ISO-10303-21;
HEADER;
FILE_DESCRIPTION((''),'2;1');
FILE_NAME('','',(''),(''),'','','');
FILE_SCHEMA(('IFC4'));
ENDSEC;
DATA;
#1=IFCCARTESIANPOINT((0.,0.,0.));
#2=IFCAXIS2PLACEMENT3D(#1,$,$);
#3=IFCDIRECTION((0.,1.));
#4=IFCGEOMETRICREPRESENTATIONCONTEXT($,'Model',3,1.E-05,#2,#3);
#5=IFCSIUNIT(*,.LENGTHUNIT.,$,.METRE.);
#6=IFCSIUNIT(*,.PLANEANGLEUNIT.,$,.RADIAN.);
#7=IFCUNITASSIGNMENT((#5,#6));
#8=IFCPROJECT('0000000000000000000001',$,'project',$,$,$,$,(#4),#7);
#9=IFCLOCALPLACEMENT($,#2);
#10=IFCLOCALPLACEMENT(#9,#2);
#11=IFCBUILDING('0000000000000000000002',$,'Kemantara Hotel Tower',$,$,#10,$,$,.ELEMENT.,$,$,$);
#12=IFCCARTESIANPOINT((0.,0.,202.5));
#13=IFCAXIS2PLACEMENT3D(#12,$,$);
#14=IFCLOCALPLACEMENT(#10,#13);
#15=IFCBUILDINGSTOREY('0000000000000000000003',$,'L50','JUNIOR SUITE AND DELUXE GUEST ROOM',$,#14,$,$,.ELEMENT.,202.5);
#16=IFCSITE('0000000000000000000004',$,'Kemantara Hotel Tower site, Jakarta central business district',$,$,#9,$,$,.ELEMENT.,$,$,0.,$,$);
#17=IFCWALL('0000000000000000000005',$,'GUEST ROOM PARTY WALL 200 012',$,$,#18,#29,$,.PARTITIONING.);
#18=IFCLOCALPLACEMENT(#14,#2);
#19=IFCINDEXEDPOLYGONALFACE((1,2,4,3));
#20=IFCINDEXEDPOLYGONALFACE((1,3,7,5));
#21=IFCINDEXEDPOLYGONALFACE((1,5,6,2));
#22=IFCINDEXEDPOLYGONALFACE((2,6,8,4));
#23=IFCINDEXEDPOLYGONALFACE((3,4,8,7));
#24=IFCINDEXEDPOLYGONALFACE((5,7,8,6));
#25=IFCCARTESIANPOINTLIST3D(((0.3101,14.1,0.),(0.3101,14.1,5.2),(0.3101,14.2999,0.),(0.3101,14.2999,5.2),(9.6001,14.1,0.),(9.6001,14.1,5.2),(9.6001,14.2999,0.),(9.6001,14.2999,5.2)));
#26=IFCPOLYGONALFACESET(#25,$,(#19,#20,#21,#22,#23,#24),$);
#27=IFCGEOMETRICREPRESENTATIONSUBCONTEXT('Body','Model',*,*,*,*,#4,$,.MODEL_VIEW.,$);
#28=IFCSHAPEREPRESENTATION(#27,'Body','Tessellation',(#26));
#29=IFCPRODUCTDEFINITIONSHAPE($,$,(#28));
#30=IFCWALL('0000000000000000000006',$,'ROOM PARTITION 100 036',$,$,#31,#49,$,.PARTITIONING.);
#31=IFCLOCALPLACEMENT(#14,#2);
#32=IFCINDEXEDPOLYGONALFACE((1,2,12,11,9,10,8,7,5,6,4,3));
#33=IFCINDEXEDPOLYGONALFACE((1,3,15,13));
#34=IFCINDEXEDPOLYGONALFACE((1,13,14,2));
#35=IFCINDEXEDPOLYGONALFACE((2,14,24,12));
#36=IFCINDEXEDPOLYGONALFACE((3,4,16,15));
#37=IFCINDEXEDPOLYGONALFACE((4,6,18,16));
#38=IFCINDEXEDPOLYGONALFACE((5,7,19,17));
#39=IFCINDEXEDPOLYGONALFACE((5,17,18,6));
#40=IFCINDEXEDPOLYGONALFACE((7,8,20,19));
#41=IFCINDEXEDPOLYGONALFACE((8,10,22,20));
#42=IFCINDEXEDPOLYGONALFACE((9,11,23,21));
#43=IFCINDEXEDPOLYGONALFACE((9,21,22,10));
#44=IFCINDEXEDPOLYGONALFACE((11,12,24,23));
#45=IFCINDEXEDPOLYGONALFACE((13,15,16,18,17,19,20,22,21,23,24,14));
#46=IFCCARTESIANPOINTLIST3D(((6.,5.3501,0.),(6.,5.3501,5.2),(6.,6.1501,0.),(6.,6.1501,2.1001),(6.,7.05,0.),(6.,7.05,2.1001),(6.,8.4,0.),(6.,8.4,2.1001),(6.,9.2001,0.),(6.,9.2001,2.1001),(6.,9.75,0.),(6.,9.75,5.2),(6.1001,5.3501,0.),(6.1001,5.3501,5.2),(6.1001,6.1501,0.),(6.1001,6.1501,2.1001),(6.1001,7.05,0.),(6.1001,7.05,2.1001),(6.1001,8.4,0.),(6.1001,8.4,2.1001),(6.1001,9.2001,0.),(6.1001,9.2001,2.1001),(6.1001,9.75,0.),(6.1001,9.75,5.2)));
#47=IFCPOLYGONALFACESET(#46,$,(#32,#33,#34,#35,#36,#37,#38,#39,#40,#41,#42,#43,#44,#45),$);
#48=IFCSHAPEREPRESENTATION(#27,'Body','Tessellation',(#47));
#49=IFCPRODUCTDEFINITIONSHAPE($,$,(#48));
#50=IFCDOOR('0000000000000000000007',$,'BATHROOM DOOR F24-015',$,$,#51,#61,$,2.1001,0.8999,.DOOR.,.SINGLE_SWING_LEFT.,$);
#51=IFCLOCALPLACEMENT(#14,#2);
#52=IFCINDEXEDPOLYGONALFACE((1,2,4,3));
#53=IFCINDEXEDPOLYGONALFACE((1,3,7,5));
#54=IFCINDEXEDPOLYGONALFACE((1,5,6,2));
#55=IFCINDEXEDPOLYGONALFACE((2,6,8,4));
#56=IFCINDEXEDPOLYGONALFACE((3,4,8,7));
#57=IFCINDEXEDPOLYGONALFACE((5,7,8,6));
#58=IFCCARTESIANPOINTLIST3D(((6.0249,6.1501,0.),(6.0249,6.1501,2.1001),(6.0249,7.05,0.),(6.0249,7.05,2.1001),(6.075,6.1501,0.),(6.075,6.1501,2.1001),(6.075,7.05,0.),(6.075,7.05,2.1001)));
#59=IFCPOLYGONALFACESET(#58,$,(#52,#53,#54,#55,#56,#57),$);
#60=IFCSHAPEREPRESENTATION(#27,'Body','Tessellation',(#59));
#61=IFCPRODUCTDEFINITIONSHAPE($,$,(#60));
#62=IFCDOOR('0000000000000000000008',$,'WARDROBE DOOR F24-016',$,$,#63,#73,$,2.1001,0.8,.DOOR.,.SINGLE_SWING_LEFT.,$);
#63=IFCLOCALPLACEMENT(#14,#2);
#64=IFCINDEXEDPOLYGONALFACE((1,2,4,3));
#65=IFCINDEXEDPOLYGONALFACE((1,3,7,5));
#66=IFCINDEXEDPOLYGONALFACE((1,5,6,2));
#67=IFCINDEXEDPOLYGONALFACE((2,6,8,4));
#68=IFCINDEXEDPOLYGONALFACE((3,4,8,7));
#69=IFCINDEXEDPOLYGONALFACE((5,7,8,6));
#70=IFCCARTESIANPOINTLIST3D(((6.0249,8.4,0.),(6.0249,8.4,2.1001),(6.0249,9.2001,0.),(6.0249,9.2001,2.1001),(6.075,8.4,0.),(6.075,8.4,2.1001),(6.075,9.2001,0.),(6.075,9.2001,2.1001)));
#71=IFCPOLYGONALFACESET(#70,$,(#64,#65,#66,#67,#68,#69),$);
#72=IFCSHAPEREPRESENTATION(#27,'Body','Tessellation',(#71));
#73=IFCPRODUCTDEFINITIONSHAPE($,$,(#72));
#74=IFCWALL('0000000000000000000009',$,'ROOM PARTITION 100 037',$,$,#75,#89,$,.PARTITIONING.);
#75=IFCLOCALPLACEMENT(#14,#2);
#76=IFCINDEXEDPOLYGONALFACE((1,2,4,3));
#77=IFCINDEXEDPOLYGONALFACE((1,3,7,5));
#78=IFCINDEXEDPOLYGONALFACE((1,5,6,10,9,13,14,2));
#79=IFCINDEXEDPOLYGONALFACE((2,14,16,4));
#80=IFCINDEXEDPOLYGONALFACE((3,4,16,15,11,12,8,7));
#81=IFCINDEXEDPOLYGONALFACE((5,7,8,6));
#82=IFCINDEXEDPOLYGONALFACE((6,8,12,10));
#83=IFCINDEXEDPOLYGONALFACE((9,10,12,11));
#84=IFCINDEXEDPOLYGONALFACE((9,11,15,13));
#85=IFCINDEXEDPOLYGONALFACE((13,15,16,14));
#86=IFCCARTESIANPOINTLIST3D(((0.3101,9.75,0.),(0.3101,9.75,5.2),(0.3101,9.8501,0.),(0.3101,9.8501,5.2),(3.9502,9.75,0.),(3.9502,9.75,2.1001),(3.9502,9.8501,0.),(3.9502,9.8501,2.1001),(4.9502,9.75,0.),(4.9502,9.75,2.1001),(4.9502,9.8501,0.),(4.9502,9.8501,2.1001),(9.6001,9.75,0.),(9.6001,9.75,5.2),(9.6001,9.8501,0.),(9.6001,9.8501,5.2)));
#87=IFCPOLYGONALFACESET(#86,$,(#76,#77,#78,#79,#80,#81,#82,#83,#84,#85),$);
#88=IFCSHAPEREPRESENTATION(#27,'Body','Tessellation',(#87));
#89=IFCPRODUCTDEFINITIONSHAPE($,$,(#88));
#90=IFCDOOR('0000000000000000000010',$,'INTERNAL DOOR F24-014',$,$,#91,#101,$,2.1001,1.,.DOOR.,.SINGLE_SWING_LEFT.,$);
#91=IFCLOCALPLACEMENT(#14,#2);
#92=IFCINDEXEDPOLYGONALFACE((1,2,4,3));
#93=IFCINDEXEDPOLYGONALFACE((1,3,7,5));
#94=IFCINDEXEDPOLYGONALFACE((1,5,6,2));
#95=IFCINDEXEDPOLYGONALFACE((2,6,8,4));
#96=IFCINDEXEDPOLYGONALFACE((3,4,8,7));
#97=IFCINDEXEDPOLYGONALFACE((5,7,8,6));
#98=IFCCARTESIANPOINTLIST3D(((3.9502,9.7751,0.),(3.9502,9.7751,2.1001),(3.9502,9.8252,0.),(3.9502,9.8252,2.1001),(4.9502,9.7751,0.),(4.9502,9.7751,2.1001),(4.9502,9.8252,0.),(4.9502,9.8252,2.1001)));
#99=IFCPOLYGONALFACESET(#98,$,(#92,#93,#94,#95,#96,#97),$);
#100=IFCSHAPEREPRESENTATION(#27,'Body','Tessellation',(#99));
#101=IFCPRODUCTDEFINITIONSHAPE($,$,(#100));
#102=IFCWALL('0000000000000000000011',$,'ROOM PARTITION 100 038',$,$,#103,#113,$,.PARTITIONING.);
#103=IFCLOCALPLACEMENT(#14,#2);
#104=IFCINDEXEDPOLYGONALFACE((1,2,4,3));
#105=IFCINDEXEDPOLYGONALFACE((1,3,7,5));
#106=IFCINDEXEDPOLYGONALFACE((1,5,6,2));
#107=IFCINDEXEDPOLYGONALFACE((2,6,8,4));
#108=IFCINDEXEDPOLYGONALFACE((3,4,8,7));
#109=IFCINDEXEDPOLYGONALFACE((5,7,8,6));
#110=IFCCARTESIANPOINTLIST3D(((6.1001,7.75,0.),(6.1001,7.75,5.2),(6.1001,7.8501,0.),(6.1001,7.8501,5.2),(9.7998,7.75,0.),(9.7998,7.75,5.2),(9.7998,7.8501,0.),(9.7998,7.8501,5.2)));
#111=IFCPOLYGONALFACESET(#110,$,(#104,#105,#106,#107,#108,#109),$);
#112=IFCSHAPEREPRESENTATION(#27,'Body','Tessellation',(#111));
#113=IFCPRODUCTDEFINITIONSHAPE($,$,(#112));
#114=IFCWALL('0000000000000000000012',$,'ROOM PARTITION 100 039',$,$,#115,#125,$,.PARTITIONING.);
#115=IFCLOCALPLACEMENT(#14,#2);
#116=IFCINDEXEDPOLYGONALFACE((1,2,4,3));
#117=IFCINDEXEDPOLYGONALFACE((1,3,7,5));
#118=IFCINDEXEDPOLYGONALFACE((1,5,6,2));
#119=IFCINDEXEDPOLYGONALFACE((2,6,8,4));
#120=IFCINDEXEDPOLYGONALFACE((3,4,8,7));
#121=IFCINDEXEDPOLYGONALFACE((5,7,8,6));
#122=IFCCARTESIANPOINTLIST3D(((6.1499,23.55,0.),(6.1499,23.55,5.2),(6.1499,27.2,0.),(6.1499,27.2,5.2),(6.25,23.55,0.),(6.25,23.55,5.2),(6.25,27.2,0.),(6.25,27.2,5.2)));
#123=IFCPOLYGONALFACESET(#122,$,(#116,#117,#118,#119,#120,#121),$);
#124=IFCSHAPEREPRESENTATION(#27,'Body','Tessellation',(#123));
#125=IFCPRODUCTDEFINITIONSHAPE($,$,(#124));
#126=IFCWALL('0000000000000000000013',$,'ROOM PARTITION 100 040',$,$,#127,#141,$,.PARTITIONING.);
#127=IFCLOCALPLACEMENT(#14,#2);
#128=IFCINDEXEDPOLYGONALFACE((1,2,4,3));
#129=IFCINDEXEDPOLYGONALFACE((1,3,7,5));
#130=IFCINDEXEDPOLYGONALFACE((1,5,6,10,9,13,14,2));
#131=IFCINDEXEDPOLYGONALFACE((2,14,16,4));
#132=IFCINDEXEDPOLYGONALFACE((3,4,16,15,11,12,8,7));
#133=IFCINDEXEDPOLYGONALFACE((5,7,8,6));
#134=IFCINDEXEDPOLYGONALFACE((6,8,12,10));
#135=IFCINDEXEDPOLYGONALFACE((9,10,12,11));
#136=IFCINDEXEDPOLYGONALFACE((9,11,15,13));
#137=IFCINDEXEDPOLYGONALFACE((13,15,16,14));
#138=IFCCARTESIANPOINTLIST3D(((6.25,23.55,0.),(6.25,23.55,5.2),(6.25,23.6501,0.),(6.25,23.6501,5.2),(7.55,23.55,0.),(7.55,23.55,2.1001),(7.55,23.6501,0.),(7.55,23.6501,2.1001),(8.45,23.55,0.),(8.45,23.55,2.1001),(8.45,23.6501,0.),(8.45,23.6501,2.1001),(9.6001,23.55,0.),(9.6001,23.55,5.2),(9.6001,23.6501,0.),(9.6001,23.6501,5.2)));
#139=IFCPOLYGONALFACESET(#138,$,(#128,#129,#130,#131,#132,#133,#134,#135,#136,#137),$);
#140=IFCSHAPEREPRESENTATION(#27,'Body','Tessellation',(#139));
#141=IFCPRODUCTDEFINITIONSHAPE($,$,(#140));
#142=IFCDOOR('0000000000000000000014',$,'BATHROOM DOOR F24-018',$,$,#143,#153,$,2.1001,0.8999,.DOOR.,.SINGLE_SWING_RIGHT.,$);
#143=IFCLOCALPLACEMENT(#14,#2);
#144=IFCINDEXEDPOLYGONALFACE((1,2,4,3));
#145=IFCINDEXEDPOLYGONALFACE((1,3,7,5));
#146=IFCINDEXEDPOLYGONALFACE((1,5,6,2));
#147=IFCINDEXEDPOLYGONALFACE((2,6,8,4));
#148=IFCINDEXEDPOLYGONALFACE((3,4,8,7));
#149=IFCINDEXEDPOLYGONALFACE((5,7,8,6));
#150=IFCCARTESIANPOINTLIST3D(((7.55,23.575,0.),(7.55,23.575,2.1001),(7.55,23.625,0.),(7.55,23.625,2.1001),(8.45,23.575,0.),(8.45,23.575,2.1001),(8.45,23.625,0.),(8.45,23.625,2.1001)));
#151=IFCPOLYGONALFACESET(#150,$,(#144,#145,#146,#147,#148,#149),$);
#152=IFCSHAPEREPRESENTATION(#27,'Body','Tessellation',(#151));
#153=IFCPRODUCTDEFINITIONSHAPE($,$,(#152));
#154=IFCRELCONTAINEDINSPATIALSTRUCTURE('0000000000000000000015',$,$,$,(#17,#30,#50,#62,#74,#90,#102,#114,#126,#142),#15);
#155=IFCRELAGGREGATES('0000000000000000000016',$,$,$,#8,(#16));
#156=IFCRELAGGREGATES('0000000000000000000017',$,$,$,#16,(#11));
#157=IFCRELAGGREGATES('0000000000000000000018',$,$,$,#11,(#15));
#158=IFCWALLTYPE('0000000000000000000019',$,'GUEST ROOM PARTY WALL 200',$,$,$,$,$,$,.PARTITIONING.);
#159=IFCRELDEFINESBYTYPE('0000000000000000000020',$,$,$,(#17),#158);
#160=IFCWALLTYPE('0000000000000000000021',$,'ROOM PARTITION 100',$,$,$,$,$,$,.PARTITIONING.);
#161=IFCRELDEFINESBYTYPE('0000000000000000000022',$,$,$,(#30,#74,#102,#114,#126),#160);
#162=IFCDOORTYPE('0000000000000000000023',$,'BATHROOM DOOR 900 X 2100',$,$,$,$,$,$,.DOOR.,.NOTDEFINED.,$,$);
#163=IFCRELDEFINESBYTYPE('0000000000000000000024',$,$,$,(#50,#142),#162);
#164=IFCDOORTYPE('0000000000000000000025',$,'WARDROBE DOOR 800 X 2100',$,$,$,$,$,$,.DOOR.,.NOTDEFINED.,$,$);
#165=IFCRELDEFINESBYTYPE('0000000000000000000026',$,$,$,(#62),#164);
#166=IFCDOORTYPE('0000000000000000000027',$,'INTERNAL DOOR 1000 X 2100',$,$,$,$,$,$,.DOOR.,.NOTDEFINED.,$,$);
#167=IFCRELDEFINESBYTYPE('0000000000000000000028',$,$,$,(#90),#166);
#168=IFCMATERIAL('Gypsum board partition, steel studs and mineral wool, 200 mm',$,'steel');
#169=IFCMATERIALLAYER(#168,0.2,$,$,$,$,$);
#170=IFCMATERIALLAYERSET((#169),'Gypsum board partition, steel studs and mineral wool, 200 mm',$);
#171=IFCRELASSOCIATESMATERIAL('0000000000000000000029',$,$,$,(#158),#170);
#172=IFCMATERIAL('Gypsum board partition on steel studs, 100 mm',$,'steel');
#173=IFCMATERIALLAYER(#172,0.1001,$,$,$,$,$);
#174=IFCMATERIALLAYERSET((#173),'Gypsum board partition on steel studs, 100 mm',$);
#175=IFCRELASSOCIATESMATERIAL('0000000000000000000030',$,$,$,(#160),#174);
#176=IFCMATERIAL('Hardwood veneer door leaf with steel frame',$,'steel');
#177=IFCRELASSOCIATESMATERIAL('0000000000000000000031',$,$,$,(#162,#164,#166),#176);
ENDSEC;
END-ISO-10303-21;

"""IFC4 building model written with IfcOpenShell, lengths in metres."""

from ifc_helpers import new_model, si_unit, direction, frame, frame_2d, origin, place, context, subcontext, project, spatial, rectangle, extrude, material, layer, layer_set, type_object, element, fill, save


model = new_model("IFC4")

# Units and contexts
model_context = context("Model", 3, precision=1e-05, world=origin(), true_north=direction((0.0, 1.0)))
body_context = subcontext(model_context, "Body", "Model", "MODEL_VIEW")
ifc_project = project(units=[si_unit("LENGTHUNIT", "METRE"), si_unit("PLANEANGLEUNIT", "RADIAN")], contexts=[model_context])

# Site, building, storey
site_placement = place(None, origin())
site = spatial("IfcSite", under=ifc_project, at=site_placement, Name="Kemantara Hotel Tower site, Jakarta central business district", CompositionType="ELEMENT", RefElevation=0.0)
building_placement = place(site_placement, origin())
building = spatial("IfcBuilding", under=site, at=building_placement, Name="Kemantara Hotel Tower", CompositionType="ELEMENT")
storey_placement = place(building_placement, frame((0.0, 0.0, 202.5)))
storey = spatial("IfcBuildingStorey", under=building, at=storey_placement, Name="L50", Description="JUNIOR SUITE AND DELUXE GUEST ROOM", CompositionType="ELEMENT", Elevation=202.5)

# Shared definitions
ifc_material_1 = material(Name="Gypsum board partition, steel studs and mineral wool, 200 mm", Category="steel")
ifc_material_2 = material(Name="Hardwood veneer door leaf with steel frame", Category="steel")

# Wall
ifc_layer_1 = layer(ifc_material_1, 0.2)
ifc_layer_set_1 = layer_set([ifc_layer_1], Name="Gypsum board partition, steel studs and mineral wool, 200 mm")
wall_type_1 = type_object("IfcWallType", Name="GUEST ROOM PARTY WALL 200", PredefinedType="PARTITIONING", material=ifc_layer_set_1)
wall_1_placement = place(storey_placement, frame((0.3101, 14.2, 0.0), z_axis=(0.0, 0.0, 1.0), x_axis=(1.0, 0.0, 0.0)))
element("IfcWall", 1, at=wall_1_placement, inside=storey, type_object=wall_type_1, Name="GUEST ROOM PARTY WALL 200 012", PredefinedType="PARTITIONING", context=body_context, shape_type="SweptSolid", body=[
    extrude(rectangle(XDim=9.29, YDim=0.2, at=frame_2d((4.645, 0.0))), origin(), (0.0, 0.0, 1.0), 5.2),
])

# Wall, openings, doors
ifc_material_3 = material(Name="Gypsum board partition on steel studs, 100 mm", Category="steel")
ifc_layer_2 = layer(ifc_material_3, 0.1001)
ifc_layer_set_2 = layer_set([ifc_layer_2], Name="Gypsum board partition on steel studs, 100 mm")
wall_type_2 = type_object("IfcWallType", Name="ROOM PARTITION 100", PredefinedType="PARTITIONING", material=ifc_layer_set_2)
wall_2_placement = place(storey_placement, frame((6.05, 9.75, 0.0), z_axis=(0.0, 0.0, 1.0), x_axis=(0.0, -1.0, 0.0)))
wall_2 = element("IfcWall", 2, at=wall_2_placement, inside=storey, type_object=wall_type_2, Name="ROOM PARTITION 100 036", PredefinedType="PARTITIONING", context=body_context, shape_type="SweptSolid", body=[
    extrude(rectangle(XDim=4.3999, YDim=0.1001, at=frame_2d((2.2, 0.0))), origin(), (0.0, 0.0, 1.0), 5.2),
])
opening_1_placement = place(wall_2_placement, frame((2.7, 0.0, 0.0)))
opening_1 = element("IfcOpeningElement", 3, at=opening_1_placement, cuts=wall_2, PredefinedType="OPENING", context=body_context, shape_type="SweptSolid", body=[
    extrude(rectangle(XDim=0.8999, YDim=2.1001, at=frame_2d((0.45, 1.05))), frame((0.0, 0.0601, 0.0), z_axis=(0.0, -1.0, 0.0), x_axis=(1.0, 0.0, 0.0)), (0.0, 0.0, 1.0), 0.1201),
])
opening_2_placement = place(wall_2_placement, frame((0.55, 0.0, 0.0)))
opening_2 = element("IfcOpeningElement", 4, at=opening_2_placement, cuts=wall_2, PredefinedType="OPENING", context=body_context, shape_type="SweptSolid", body=[
    extrude(rectangle(XDim=0.8, YDim=2.1001, at=frame_2d((0.3999, 1.05))), frame((0.0, 0.0601, 0.0), z_axis=(0.0, -1.0, 0.0), x_axis=(1.0, 0.0, 0.0)), (0.0, 0.0, 1.0), 0.1201),
])
door_type_1 = type_object("IfcDoorType", Name="BATHROOM DOOR 900 X 2100", OperationType="NOTDEFINED", PredefinedType="DOOR", material=ifc_material_2)
door_1_placement = place(opening_1_placement, origin())
door_1 = element("IfcDoor", 5, at=door_1_placement, inside=storey, type_object=door_type_1, Name="BATHROOM DOOR F24-015", OperationType="SINGLE_SWING_LEFT", OverallHeight=2.1001, OverallWidth=0.8999, PredefinedType="DOOR", context=body_context, shape_type="SweptSolid", body=[
    extrude(rectangle(XDim=0.8999, YDim=2.1001, at=frame_2d((0.45, 1.05))), frame((0.0, 0.0249, 0.0), z_axis=(0.0, -1.0, 0.0), x_axis=(1.0, 0.0, 0.0)), (0.0, 0.0, 1.0), 0.05),
])
fill(opening_1, door_1)
door_type_2 = type_object("IfcDoorType", Name="WARDROBE DOOR 800 X 2100", OperationType="NOTDEFINED", PredefinedType="DOOR", material=ifc_material_2)
door_2_placement = place(opening_2_placement, origin())
door_2 = element("IfcDoor", 6, at=door_2_placement, inside=storey, type_object=door_type_2, Name="WARDROBE DOOR F24-016", OperationType="SINGLE_SWING_LEFT", OverallHeight=2.1001, OverallWidth=0.8, PredefinedType="DOOR", context=body_context, shape_type="SweptSolid", body=[
    extrude(rectangle(XDim=0.8, YDim=2.1001, at=frame_2d((0.3999, 1.05))), frame((0.0, 0.0249, 0.0), z_axis=(0.0, -1.0, 0.0), x_axis=(1.0, 0.0, 0.0)), (0.0, 0.0, 1.0), 0.05),
])
fill(opening_2, door_2)

# Wall, opening, door
wall_3_placement = place(storey_placement, frame((9.6001, 9.8, 0.0), z_axis=(0.0, 0.0, 1.0), x_axis=(-1.0, 0.0, 0.0)))
wall_3 = element("IfcWall", 7, at=wall_3_placement, inside=storey, type_object=wall_type_2, Name="ROOM PARTITION 100 037", PredefinedType="PARTITIONING", context=body_context, shape_type="SweptSolid", body=[
    extrude(rectangle(XDim=9.29, YDim=0.1001, at=frame_2d((4.645, 0.0))), origin(), (0.0, 0.0, 1.0), 5.2),
])
opening_3_placement = place(wall_3_placement, frame((4.6499, 0.0, 0.0)))
opening_3 = element("IfcOpeningElement", 8, at=opening_3_placement, cuts=wall_3, PredefinedType="OPENING", context=body_context, shape_type="SweptSolid", body=[
    extrude(rectangle(XDim=1.0, YDim=2.1001, at=frame_2d((0.5, 1.05))), frame((0.0, 0.0601, 0.0), z_axis=(0.0, -1.0, 0.0), x_axis=(1.0, 0.0, 0.0)), (0.0, 0.0, 1.0), 0.1201),
])
door_type_3 = type_object("IfcDoorType", Name="INTERNAL DOOR 1000 X 2100", OperationType="NOTDEFINED", PredefinedType="DOOR", material=ifc_material_2)
door_3_placement = place(opening_3_placement, origin())
door_3 = element("IfcDoor", 9, at=door_3_placement, inside=storey, type_object=door_type_3, Name="INTERNAL DOOR F24-014", OperationType="SINGLE_SWING_LEFT", OverallHeight=2.1001, OverallWidth=1.0, PredefinedType="DOOR", context=body_context, shape_type="SweptSolid", body=[
    extrude(rectangle(XDim=1.0, YDim=2.1001, at=frame_2d((0.5, 1.05))), frame((0.0, 0.0249, 0.0), z_axis=(0.0, -1.0, 0.0), x_axis=(1.0, 0.0, 0.0)), (0.0, 0.0, 1.0), 0.05),
])
fill(opening_3, door_3)

# Walls
wall_4_placement = place(storey_placement, frame((6.1001, 7.8, 0.0), z_axis=(0.0, 0.0, 1.0), x_axis=(1.0, 0.0, 0.0)))
element("IfcWall", 10, at=wall_4_placement, inside=storey, type_object=wall_type_2, Name="ROOM PARTITION 100 038", PredefinedType="PARTITIONING", context=body_context, shape_type="SweptSolid", body=[
    extrude(rectangle(XDim=3.6997, YDim=0.1001, at=frame_2d((1.8499, 0.0))), origin(), (0.0, 0.0, 1.0), 5.2),
])
wall_5_placement = place(storey_placement, frame((6.2, 23.55, 0.0), z_axis=(0.0, 0.0, 1.0), x_axis=(0.0, 1.0, 0.0)))
element("IfcWall", 11, at=wall_5_placement, inside=storey, type_object=wall_type_2, Name="ROOM PARTITION 100 039", PredefinedType="PARTITIONING", context=body_context, shape_type="SweptSolid", body=[
    extrude(rectangle(XDim=3.6499, YDim=0.1001, at=frame_2d((1.825, 0.0))), origin(), (0.0, 0.0, 1.0), 5.2),
])

# Wall, opening, door
wall_6_placement = place(storey_placement, frame((6.25, 23.6001, 0.0), z_axis=(0.0, 0.0, 1.0), x_axis=(1.0, 0.0, 0.0)))
wall_6 = element("IfcWall", 12, at=wall_6_placement, inside=storey, type_object=wall_type_2, Name="ROOM PARTITION 100 040", PredefinedType="PARTITIONING", context=body_context, shape_type="SweptSolid", body=[
    extrude(rectangle(XDim=3.3501, YDim=0.1001, at=frame_2d((1.675, 0.0))), origin(), (0.0, 0.0, 1.0), 5.2),
])
opening_4_placement = place(wall_6_placement, frame((1.3, 0.0, 0.0)))
opening_4 = element("IfcOpeningElement", 13, at=opening_4_placement, cuts=wall_6, PredefinedType="OPENING", context=body_context, shape_type="SweptSolid", body=[
    extrude(rectangle(XDim=0.8999, YDim=2.1001, at=frame_2d((0.45, 1.05))), frame((0.0, 0.0601, 0.0), z_axis=(0.0, -1.0, 0.0), x_axis=(1.0, 0.0, 0.0)), (0.0, 0.0, 1.0), 0.1201),
])
door_4_placement = place(opening_4_placement, origin())
door_4 = element("IfcDoor", 14, at=door_4_placement, inside=storey, type_object=door_type_1, Name="BATHROOM DOOR F24-018", OperationType="SINGLE_SWING_RIGHT", OverallHeight=2.1001, OverallWidth=0.8999, PredefinedType="DOOR", context=body_context, shape_type="SweptSolid", body=[
    extrude(rectangle(XDim=0.8999, YDim=2.1001, at=frame_2d((0.45, 1.05))), frame((0.0, 0.0249, 0.0), z_axis=(0.0, -1.0, 0.0), x_axis=(1.0, 0.0, 0.0)), (0.0, 0.0, 1.0), 0.05),
])
fill(opening_4, door_4)

save(model, "model.ifc")
